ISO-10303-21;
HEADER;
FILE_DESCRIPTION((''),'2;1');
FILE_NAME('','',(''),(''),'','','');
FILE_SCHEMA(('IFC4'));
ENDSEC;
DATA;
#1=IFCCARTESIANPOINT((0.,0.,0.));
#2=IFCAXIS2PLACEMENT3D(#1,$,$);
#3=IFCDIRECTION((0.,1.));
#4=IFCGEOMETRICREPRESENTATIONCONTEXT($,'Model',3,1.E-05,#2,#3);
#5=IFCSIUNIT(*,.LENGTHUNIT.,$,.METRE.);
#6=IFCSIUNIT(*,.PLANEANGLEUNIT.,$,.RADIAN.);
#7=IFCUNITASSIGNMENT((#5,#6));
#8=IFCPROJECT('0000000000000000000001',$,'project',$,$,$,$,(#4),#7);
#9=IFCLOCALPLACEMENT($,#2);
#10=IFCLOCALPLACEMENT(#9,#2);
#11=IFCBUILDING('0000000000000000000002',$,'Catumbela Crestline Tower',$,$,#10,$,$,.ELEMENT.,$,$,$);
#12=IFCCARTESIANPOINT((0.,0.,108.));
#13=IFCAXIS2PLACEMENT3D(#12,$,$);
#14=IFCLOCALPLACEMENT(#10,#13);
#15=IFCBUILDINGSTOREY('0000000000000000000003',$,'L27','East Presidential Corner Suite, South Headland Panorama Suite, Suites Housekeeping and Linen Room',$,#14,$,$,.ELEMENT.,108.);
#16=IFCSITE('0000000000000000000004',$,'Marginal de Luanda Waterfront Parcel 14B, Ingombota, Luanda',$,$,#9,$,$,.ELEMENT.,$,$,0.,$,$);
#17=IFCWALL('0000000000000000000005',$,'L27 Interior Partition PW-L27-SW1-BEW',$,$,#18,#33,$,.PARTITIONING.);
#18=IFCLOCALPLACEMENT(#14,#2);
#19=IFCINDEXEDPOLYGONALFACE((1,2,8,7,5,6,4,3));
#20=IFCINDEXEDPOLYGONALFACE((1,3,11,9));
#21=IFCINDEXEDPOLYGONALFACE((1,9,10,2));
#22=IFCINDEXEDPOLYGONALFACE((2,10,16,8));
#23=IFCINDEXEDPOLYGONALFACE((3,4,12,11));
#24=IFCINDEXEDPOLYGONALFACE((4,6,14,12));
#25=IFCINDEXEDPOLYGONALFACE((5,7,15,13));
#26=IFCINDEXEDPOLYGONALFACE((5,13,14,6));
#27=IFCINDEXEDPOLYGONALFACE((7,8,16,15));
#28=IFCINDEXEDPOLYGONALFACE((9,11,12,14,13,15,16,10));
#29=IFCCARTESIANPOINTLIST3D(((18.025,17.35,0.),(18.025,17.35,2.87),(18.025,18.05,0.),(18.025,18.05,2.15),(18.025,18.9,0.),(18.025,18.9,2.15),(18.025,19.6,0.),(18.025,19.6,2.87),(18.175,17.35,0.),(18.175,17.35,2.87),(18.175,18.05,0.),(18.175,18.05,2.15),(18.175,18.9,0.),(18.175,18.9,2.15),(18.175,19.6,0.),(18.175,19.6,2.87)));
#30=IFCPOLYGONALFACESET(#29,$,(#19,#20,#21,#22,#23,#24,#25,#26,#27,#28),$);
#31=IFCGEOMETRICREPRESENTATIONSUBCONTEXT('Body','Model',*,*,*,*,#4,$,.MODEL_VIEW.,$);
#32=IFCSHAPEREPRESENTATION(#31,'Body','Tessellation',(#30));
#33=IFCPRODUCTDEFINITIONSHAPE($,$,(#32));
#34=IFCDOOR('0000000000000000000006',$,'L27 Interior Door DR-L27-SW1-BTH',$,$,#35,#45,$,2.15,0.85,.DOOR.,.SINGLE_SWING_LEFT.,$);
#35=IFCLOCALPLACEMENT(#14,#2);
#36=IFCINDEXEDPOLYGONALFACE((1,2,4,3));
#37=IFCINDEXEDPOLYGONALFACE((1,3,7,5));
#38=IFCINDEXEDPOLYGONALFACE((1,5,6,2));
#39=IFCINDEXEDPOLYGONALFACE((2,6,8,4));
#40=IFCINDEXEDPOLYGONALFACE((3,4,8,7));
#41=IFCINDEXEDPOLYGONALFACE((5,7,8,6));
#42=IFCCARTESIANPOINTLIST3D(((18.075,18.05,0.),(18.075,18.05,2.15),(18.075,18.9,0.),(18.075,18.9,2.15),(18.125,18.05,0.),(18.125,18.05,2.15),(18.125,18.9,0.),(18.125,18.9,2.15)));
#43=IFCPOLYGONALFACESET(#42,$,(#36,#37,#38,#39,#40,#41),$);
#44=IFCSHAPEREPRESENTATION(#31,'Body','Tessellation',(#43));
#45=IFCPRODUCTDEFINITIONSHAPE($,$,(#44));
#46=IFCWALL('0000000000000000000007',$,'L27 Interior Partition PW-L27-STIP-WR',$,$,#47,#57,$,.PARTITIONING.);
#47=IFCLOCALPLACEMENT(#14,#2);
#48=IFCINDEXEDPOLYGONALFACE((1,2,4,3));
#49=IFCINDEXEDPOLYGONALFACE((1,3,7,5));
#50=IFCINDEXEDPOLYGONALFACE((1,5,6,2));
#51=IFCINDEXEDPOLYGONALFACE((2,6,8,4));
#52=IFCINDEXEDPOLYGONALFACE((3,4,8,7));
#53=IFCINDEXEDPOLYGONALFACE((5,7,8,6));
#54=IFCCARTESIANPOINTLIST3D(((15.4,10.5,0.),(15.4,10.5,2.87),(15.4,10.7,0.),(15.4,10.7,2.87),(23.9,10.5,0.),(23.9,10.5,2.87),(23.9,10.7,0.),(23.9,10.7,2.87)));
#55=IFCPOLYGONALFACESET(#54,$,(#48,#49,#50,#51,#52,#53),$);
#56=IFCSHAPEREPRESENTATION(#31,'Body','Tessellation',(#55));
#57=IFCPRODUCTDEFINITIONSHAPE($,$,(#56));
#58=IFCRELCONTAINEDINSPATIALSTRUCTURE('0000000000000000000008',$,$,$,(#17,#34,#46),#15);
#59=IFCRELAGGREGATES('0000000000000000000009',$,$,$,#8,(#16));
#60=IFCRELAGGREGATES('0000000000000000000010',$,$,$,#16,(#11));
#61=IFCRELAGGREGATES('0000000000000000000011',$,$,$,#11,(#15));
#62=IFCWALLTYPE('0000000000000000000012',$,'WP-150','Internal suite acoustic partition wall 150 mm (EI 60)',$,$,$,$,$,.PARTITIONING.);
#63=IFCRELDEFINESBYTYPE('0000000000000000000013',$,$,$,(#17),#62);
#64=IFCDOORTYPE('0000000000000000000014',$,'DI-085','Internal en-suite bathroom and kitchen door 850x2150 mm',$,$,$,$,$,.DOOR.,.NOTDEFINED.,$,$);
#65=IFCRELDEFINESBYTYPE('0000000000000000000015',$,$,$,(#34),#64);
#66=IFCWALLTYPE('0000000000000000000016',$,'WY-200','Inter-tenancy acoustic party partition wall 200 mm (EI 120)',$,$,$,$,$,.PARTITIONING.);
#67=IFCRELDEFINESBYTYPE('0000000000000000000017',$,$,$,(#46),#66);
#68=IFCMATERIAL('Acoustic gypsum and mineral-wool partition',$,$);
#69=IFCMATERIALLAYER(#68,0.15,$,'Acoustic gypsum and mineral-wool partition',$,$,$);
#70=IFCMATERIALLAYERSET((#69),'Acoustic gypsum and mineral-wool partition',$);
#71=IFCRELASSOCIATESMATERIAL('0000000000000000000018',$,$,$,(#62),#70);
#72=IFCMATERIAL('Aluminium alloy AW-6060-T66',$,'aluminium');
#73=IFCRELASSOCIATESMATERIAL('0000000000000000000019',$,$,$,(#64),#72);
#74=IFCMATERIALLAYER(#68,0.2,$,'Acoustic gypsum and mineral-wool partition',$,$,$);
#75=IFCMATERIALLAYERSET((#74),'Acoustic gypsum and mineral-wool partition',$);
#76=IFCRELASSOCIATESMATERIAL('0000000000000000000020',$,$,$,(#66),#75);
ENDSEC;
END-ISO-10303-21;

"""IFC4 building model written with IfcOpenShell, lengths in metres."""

from ifc_helpers import new_model, si_unit, direction, frame, frame_2d, origin, place, context, subcontext, project, spatial, rectangle, extrude, material, layer, layer_set, type_object, element, fill, save


model = new_model("IFC4")

# Units and contexts
model_context = context("Model", 3, precision=1e-05, world=origin(), true_north=direction((0.0, 1.0)))
body_context = subcontext(model_context, "Body", "Model", "MODEL_VIEW")
ifc_project = project(units=[si_unit("LENGTHUNIT", "METRE"), si_unit("PLANEANGLEUNIT", "RADIAN")], contexts=[model_context])

# Site, building, storey
site_placement = place(None, origin())
site = spatial("IfcSite", under=ifc_project, at=site_placement, Name="Marginal de Luanda Waterfront Parcel 14B, Ingombota, Luanda", CompositionType="ELEMENT", RefElevation=0.0)
building_placement = place(site_placement, origin())
building = spatial("IfcBuilding", under=site, at=building_placement, Name="Catumbela Crestline Tower", CompositionType="ELEMENT")
storey_placement = place(building_placement, frame((0.0, 0.0, 108.0)))
storey = spatial("IfcBuildingStorey", under=building, at=storey_placement, Name="L27", Description="East Presidential Corner Suite, South Headland Panorama Suite, Suites Housekeeping and Linen Room", CompositionType="ELEMENT", Elevation=108.0)

# Shared definitions
ifc_material_1 = material(Name="Acoustic gypsum and mineral-wool partition")
ifc_material_2 = material(Name="Aluminium alloy AW-6060-T66", Category="aluminium")

# Shared definitions
ifc_layer_1 = layer(ifc_material_1, 0.15, Name="Acoustic gypsum and mineral-wool partition")
ifc_layer_set_1 = layer_set([ifc_layer_1], Name="Acoustic gypsum and mineral-wool partition")
wall_type_1 = type_object("IfcWallType", Name="WP-150", Description="Internal suite acoustic partition wall 150 mm (EI 60)", PredefinedType="PARTITIONING", material=ifc_layer_set_1)

# Wall, opening, door
wall_1_placement = place(storey_placement, frame((18.1, 17.35, 0.0), z_axis=(0.0, 0.0, 1.0), x_axis=(0.0, 1.0, 0.0)))
wall_1 = element("IfcWall", 1, at=wall_1_placement, inside=storey, type_object=wall_type_1, Name="L27 Interior Partition PW-L27-SW1-BEW", PredefinedType="PARTITIONING", context=body_context, shape_type="SweptSolid", body=[
    extrude(rectangle(XDim=2.25, YDim=0.15, at=frame_2d((1.125, 0.0))), origin(), (0.0, 0.0, 1.0), 2.87),
])
opening_1_placement = place(wall_1_placement, frame((0.7, 0.0, 0.0)))
opening_1 = element("IfcOpeningElement", 2, at=opening_1_placement, cuts=wall_1, PredefinedType="OPENING", context=body_context, shape_type="SweptSolid", body=[
    extrude(rectangle(XDim=0.85, YDim=2.15, at=frame_2d((0.425, 1.075))), frame((0.0, 0.085, 0.0), z_axis=(0.0, -1.0, 0.0), x_axis=(1.0, 0.0, 0.0)), (0.0, 0.0, 1.0), 0.17),
])
door_type_1 = type_object("IfcDoorType", Name="DI-085", Description="Internal en-suite bathroom and kitchen door 850x2150 mm", OperationType="NOTDEFINED", PredefinedType="DOOR", material=ifc_material_2)
door_1_placement = place(opening_1_placement, origin())
door_1 = element("IfcDoor", 3, at=door_1_placement, inside=storey, type_object=door_type_1, Name="L27 Interior Door DR-L27-SW1-BTH", OperationType="SINGLE_SWING_LEFT", OverallHeight=2.15, OverallWidth=0.85, PredefinedType="DOOR", context=body_context, shape_type="SweptSolid", body=[
    extrude(rectangle(XDim=0.85, YDim=2.15, at=frame_2d((0.425, 1.075))), frame((0.0, 0.025, 0.0), z_axis=(0.0, -1.0, 0.0), x_axis=(1.0, 0.0, 0.0)), (0.0, 0.0, 1.0), 0.05),
])
fill(opening_1, door_1)

# Wall
ifc_layer_2 = layer(ifc_material_1, 0.2, Name="Acoustic gypsum and mineral-wool partition")
ifc_layer_set_2 = layer_set([ifc_layer_2], Name="Acoustic gypsum and mineral-wool partition")
wall_type_2 = type_object("IfcWallType", Name="WY-200", Description="Inter-tenancy acoustic party partition wall 200 mm (EI 120)", PredefinedType="PARTITIONING", material=ifc_layer_set_2)
wall_2_placement = place(storey_placement, frame((15.4, 10.6, 0.0), z_axis=(0.0, 0.0, 1.0), x_axis=(1.0, 0.0, 0.0)))
element("IfcWall", 4, at=wall_2_placement, inside=storey, type_object=wall_type_2, Name="L27 Interior Partition PW-L27-STIP-WR", PredefinedType="PARTITIONING", context=body_context, shape_type="SweptSolid", body=[
    extrude(rectangle(XDim=8.5, YDim=0.2, at=frame_2d((4.25, 0.0))), origin(), (0.0, 0.0, 1.0), 2.87),
])

save(model, "model.ifc")
